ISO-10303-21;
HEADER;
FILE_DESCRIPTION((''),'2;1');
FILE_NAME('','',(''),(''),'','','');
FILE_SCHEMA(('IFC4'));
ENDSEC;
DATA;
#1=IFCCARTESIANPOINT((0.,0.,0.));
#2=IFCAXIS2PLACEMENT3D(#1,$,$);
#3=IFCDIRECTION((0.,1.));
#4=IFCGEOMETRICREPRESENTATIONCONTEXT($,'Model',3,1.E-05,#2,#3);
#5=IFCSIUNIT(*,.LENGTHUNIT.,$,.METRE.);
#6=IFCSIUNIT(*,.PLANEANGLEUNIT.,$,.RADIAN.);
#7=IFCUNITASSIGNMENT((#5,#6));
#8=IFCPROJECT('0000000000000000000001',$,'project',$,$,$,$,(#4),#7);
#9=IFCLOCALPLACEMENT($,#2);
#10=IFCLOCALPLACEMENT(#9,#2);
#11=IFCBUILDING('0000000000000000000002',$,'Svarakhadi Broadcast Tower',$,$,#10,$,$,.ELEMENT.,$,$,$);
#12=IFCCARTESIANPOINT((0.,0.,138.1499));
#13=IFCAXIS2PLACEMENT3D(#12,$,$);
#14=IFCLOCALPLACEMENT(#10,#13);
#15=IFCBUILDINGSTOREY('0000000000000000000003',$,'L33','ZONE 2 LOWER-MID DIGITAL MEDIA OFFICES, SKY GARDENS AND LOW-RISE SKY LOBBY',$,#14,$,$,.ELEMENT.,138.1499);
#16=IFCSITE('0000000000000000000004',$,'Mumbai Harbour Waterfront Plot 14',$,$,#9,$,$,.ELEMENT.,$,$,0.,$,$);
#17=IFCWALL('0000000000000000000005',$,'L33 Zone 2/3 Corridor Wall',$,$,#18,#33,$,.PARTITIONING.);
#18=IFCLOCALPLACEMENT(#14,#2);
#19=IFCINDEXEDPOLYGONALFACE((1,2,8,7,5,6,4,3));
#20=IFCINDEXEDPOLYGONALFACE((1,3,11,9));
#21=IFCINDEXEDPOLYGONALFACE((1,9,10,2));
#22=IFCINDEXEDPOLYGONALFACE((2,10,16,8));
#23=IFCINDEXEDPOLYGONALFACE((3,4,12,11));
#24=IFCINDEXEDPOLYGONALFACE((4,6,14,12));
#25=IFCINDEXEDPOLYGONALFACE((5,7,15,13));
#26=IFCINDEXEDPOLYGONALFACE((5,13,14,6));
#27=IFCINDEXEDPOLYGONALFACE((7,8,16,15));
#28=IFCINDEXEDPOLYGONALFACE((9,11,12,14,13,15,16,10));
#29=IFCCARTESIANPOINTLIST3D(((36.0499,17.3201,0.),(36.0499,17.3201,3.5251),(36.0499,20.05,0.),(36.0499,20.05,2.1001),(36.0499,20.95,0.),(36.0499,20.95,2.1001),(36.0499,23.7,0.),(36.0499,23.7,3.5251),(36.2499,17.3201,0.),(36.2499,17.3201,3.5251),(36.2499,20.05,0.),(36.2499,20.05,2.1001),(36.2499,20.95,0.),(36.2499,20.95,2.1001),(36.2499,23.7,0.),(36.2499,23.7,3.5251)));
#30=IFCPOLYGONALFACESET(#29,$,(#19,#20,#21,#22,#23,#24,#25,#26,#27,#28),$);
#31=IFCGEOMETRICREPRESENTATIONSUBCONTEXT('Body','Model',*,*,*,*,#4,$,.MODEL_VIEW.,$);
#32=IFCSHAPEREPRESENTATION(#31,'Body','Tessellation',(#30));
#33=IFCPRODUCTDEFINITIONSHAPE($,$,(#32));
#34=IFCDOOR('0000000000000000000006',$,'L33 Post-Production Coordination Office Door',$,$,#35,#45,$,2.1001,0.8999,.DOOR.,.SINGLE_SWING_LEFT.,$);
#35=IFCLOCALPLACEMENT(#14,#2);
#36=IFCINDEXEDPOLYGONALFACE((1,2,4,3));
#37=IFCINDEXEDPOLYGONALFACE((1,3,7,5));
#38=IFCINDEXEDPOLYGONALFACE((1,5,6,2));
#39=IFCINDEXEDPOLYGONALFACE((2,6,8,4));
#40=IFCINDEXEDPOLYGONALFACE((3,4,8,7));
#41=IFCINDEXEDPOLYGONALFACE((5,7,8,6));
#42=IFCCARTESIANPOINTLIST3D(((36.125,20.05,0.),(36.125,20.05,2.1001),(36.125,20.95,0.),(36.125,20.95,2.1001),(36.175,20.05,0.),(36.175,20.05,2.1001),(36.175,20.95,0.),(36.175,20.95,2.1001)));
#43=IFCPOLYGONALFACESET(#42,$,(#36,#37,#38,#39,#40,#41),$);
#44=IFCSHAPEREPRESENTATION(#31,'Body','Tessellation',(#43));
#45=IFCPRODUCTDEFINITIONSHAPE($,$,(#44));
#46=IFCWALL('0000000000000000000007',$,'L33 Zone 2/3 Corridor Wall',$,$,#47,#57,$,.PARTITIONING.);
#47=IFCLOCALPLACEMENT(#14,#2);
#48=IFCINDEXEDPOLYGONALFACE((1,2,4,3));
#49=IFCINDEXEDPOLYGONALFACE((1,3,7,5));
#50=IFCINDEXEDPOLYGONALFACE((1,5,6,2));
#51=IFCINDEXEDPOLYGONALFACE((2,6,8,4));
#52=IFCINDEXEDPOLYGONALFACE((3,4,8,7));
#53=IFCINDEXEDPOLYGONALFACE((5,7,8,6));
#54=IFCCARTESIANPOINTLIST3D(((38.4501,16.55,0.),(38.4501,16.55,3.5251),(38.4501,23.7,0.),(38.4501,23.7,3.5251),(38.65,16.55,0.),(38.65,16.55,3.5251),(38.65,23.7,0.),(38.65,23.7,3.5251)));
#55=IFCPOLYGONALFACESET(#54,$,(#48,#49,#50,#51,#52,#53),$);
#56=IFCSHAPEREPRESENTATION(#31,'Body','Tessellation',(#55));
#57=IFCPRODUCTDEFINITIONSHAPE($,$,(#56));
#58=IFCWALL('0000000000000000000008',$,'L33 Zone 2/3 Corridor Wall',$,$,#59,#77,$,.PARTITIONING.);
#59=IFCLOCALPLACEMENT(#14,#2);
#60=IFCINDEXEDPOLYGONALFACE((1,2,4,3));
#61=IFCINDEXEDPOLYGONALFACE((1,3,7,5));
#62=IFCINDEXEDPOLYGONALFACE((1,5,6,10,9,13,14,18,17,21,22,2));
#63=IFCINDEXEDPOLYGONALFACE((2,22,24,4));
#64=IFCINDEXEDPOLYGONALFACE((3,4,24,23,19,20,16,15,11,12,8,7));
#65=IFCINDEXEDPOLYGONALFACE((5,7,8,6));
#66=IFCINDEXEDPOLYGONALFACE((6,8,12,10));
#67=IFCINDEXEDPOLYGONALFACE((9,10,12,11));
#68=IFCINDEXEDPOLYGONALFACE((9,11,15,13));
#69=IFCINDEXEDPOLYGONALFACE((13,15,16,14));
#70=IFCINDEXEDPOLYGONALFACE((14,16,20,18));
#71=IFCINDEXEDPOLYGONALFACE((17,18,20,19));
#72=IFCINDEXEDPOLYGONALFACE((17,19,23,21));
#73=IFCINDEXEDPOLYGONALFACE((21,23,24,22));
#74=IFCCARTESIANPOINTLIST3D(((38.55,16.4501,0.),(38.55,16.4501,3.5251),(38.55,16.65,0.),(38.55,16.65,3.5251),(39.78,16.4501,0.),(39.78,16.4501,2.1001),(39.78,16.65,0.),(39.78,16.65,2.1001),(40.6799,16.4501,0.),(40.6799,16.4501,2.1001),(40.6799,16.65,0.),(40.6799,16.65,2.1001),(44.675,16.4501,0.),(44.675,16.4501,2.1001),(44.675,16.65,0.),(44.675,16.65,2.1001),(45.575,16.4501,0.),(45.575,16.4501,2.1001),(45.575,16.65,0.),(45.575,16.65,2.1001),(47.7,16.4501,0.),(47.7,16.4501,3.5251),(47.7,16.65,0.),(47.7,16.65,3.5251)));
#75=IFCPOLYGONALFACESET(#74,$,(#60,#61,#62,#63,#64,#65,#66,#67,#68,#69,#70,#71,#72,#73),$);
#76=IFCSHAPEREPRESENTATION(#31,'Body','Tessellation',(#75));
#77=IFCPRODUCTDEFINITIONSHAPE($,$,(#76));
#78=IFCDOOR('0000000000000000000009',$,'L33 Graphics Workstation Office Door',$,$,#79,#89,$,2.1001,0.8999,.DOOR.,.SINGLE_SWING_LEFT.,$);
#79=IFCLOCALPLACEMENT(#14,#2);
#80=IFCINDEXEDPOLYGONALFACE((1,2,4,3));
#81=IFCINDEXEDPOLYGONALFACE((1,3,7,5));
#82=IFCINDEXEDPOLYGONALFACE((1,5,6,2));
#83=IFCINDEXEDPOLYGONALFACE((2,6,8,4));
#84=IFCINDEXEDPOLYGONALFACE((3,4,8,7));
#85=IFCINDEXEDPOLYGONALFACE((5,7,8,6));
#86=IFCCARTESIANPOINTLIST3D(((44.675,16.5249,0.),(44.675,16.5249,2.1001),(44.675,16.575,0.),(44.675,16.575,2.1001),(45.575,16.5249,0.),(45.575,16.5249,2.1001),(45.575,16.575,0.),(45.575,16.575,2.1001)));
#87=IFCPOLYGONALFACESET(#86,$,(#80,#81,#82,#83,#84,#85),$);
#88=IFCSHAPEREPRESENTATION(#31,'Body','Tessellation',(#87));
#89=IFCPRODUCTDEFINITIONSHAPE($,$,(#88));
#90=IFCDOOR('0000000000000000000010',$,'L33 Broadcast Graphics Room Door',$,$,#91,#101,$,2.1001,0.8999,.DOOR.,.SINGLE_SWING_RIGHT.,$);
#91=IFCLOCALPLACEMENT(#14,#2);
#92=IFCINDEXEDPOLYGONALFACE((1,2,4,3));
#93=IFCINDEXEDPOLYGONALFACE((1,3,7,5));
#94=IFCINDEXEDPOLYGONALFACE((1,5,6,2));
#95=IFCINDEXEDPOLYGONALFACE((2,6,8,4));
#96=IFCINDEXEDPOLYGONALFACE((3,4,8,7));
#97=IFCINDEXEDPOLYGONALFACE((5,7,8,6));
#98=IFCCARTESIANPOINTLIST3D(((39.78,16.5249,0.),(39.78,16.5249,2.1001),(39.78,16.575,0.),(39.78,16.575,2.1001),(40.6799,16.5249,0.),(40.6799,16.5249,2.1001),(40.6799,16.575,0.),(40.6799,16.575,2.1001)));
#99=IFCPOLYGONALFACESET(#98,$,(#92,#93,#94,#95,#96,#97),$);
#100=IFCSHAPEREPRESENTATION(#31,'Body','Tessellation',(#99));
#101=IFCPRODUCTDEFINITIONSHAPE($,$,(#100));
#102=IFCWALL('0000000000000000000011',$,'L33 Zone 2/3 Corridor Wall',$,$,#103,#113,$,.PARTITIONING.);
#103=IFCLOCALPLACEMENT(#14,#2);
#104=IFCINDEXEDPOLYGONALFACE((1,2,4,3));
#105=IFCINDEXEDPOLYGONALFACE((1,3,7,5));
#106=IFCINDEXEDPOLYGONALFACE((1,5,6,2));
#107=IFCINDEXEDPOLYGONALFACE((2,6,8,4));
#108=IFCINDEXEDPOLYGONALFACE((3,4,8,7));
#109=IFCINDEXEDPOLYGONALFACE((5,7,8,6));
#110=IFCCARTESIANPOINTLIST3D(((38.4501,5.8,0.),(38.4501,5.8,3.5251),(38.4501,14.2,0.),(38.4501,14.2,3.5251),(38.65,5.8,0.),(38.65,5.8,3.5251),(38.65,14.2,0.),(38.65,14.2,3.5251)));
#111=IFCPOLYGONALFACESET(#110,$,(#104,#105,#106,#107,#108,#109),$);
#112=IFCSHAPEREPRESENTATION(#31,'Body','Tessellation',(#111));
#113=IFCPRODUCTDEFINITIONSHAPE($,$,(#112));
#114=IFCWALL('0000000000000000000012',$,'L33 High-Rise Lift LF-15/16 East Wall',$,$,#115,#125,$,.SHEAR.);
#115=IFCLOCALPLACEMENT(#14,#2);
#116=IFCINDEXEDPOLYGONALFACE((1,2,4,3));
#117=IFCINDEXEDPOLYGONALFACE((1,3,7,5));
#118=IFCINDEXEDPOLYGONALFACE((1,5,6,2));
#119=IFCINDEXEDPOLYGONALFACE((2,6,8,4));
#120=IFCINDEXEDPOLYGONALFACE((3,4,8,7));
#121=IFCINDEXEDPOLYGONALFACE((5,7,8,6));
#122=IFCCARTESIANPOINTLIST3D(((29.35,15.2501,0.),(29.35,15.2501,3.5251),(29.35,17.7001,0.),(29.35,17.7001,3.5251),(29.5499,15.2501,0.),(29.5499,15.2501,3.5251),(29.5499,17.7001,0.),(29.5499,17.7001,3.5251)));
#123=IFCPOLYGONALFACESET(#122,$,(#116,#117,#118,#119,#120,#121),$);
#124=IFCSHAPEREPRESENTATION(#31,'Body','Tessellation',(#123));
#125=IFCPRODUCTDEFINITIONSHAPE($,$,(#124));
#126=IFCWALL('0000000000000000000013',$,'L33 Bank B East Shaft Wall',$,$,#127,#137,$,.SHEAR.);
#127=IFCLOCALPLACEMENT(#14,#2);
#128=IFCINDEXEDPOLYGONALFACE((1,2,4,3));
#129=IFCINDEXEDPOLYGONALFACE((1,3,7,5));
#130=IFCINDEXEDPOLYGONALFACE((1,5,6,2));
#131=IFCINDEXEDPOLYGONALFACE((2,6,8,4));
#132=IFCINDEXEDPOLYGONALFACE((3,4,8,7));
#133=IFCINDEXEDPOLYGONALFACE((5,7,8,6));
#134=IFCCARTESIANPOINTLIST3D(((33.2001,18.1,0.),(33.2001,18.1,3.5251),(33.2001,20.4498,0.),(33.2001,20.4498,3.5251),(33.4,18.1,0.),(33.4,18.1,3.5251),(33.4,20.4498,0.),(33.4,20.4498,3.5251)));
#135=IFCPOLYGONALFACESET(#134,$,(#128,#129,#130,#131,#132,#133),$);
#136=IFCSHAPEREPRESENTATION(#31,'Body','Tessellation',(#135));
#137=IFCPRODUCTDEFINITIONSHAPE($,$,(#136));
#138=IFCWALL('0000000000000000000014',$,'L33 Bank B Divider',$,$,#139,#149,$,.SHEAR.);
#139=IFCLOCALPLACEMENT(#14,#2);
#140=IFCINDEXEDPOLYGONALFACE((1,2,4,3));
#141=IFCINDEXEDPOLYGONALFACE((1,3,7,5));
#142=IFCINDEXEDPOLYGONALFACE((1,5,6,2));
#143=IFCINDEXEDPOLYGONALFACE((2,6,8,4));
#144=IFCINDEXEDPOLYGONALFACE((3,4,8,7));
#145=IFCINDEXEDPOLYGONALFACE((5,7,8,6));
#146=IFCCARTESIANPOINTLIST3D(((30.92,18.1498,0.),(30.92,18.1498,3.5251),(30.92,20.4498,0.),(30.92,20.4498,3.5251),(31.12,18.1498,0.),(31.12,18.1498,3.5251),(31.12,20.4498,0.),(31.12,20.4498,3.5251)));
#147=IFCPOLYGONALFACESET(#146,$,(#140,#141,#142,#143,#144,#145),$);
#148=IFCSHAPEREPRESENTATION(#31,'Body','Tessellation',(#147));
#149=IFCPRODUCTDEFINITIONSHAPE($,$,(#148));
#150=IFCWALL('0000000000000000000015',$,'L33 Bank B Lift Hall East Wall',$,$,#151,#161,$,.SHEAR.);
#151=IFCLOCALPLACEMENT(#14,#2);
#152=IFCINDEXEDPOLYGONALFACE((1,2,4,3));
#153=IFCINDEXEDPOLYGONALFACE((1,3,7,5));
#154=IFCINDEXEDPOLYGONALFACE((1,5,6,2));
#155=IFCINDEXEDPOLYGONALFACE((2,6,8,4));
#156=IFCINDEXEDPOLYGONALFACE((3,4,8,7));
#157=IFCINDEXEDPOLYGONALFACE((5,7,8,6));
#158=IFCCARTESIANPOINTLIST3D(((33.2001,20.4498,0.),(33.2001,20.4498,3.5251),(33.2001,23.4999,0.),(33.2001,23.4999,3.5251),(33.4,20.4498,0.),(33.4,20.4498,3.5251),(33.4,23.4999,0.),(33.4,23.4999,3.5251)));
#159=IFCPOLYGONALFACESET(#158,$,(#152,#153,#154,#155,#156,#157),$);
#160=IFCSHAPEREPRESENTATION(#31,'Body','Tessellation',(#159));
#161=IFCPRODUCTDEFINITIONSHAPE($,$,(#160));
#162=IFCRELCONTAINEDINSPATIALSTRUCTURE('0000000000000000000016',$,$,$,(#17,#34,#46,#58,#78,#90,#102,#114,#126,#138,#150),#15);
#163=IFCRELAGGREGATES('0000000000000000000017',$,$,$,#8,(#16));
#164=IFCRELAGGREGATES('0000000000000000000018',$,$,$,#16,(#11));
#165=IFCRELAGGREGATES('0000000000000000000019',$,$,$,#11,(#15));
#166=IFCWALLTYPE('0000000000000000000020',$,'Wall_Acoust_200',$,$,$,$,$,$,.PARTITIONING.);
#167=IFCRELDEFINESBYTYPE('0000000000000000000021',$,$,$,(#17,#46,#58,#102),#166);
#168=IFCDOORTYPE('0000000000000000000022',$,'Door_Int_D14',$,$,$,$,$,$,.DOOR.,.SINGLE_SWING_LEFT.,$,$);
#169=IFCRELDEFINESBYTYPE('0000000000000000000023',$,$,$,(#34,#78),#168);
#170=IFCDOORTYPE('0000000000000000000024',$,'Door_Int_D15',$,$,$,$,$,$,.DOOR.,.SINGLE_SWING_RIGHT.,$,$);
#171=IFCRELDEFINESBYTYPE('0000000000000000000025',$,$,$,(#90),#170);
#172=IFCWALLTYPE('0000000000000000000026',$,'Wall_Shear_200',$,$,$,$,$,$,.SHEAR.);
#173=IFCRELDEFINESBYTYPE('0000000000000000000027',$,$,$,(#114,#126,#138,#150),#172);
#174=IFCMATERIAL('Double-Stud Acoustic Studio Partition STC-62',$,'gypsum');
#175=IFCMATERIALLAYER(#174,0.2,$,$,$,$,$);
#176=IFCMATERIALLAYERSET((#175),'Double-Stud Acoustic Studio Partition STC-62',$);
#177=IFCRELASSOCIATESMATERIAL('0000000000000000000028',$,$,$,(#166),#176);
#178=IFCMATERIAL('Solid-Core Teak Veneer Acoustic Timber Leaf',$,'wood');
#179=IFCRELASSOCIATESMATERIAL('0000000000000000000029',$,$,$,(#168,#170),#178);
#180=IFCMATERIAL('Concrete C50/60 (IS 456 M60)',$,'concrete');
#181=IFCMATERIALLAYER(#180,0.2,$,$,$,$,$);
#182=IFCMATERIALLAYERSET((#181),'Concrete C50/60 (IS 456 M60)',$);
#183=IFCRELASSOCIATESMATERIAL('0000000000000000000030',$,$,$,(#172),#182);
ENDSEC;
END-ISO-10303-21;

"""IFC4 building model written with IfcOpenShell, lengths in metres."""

from ifc_helpers import new_model, si_unit, direction, frame, frame_2d, origin, place, context, subcontext, project, spatial, rectangle, extrude, material, layer, layer_set, type_object, element, fill, save


model = new_model("IFC4")

# Units and contexts
model_context = context("Model", 3, precision=1e-05, world=origin(), true_north=direction((0.0, 1.0)))
body_context = subcontext(model_context, "Body", "Model", "MODEL_VIEW")
ifc_project = project(units=[si_unit("LENGTHUNIT", "METRE"), si_unit("PLANEANGLEUNIT", "RADIAN")], contexts=[model_context])

# Site, building, storey
site_placement = place(None, origin())
site = spatial("IfcSite", under=ifc_project, at=site_placement, Name="Mumbai Harbour Waterfront Plot 14", CompositionType="ELEMENT", RefElevation=0.0)
building_placement = place(site_placement, origin())
building = spatial("IfcBuilding", under=site, at=building_placement, Name="Svarakhadi Broadcast Tower", CompositionType="ELEMENT")
storey_placement = place(building_placement, frame((0.0, 0.0, 138.1499)))
storey = spatial("IfcBuildingStorey", under=building, at=storey_placement, Name="L33", Description="ZONE 2 LOWER-MID DIGITAL MEDIA OFFICES, SKY GARDENS AND LOW-RISE SKY LOBBY", CompositionType="ELEMENT", Elevation=138.1499)

# Shared definitions
ifc_material_1 = material(Name="Concrete C50/60 (IS 456 M60)", Category="concrete")

# Shared definitions
ifc_material_2 = material(Name="Double-Stud Acoustic Studio Partition STC-62", Category="gypsum")
ifc_layer_1 = layer(ifc_material_2, 0.2)
ifc_layer_set_1 = layer_set([ifc_layer_1], Name="Double-Stud Acoustic Studio Partition STC-62")
wall_type_1 = type_object("IfcWallType", Name="Wall_Acoust_200", PredefinedType="PARTITIONING", material=ifc_layer_set_1)

# Wall, opening, door
wall_1_placement = place(storey_placement, frame((36.1499, 17.3201, 0.0), z_axis=(0.0, 0.0, 1.0), x_axis=(0.0, 1.0, 0.0)))
wall_1 = element("IfcWall", 1, at=wall_1_placement, inside=storey, type_object=wall_type_1, Name="L33 Zone 2/3 Corridor Wall", PredefinedType="PARTITIONING", context=body_context, shape_type="SweptSolid", body=[
    extrude(rectangle(XDim=6.3799, YDim=0.2, at=frame_2d((3.1899, 0.0))), origin(), (0.0, 0.0, 1.0), 3.5251),
])
opening_1_placement = place(wall_1_placement, frame((2.73, 0.0, 0.0)))
opening_1 = element("IfcOpeningElement", 2, at=opening_1_placement, cuts=wall_1, PredefinedType="OPENING", context=body_context, shape_type="SweptSolid", body=[
    extrude(rectangle(XDim=0.8999, YDim=2.1001, at=frame_2d((0.45, 1.05))), frame((0.0, 0.1099, 0.0), z_axis=(0.0, -1.0, 0.0), x_axis=(1.0, 0.0, 0.0)), (0.0, 0.0, 1.0), 0.22),
])
ifc_material_3 = material(Name="Solid-Core Teak Veneer Acoustic Timber Leaf", Category="wood")
door_type_1 = type_object("IfcDoorType", Name="Door_Int_D14", OperationType="SINGLE_SWING_LEFT", PredefinedType="DOOR", material=ifc_material_3)
door_1_placement = place(opening_1_placement, origin())
door_1 = element("IfcDoor", 3, at=door_1_placement, inside=storey, type_object=door_type_1, Name="L33 Post-Production Coordination Office Door", OperationType="SINGLE_SWING_LEFT", OverallHeight=2.1001, OverallWidth=0.8999, PredefinedType="DOOR", context=body_context, shape_type="SweptSolid", body=[
    extrude(rectangle(XDim=0.8999, YDim=2.1001, at=frame_2d((0.45, 1.05))), frame((0.0, 0.0249, 0.0), z_axis=(0.0, -1.0, 0.0), x_axis=(1.0, 0.0, 0.0)), (0.0, 0.0, 1.0), 0.05),
])
fill(opening_1, door_1)

# Wall
wall_2_placement = place(storey_placement, frame((38.55, 23.7, 0.0), z_axis=(0.0, 0.0, 1.0), x_axis=(0.0, -1.0, 0.0)))
element("IfcWall", 4, at=wall_2_placement, inside=storey, type_object=wall_type_1, Name="L33 Zone 2/3 Corridor Wall", PredefinedType="PARTITIONING", context=body_context, shape_type="SweptSolid", body=[
    extrude(rectangle(XDim=7.1499, YDim=0.2, at=frame_2d((3.575, 0.0))), origin(), (0.0, 0.0, 1.0), 3.5251),
])

# Wall, openings, doors
wall_3_placement = place(storey_placement, frame((38.55, 16.55, 0.0), z_axis=(0.0, 0.0, 1.0), x_axis=(1.0, 0.0, 0.0)))
wall_3 = element("IfcWall", 5, at=wall_3_placement, inside=storey, type_object=wall_type_1, Name="L33 Zone 2/3 Corridor Wall", PredefinedType="PARTITIONING", context=body_context, shape_type="SweptSolid", body=[
    extrude(rectangle(XDim=9.1499, YDim=0.2, at=frame_2d((4.575, 0.0))), origin(), (0.0, 0.0, 1.0), 3.5251),
])
opening_2_placement = place(wall_3_placement, frame((1.23, 0.0, 0.0)))
opening_2 = element("IfcOpeningElement", 6, at=opening_2_placement, cuts=wall_3, PredefinedType="OPENING", context=body_context, shape_type="SweptSolid", body=[
    extrude(rectangle(XDim=0.8999, YDim=2.1001, at=frame_2d((0.45, 1.05))), frame((0.0, 0.1099, 0.0), z_axis=(0.0, -1.0, 0.0), x_axis=(1.0, 0.0, 0.0)), (0.0, 0.0, 1.0), 0.22),
])
opening_3_placement = place(wall_3_placement, frame((6.125, 0.0, 0.0)))
opening_3 = element("IfcOpeningElement", 7, at=opening_3_placement, cuts=wall_3, PredefinedType="OPENING", context=body_context, shape_type="SweptSolid", body=[
    extrude(rectangle(XDim=0.8999, YDim=2.1001, at=frame_2d((0.45, 1.05))), frame((0.0, 0.1099, 0.0), z_axis=(0.0, -1.0, 0.0), x_axis=(1.0, 0.0, 0.0)), (0.0, 0.0, 1.0), 0.22),
])
door_2_placement = place(opening_3_placement, origin())
door_2 = element("IfcDoor", 8, at=door_2_placement, inside=storey, type_object=door_type_1, Name="L33 Graphics Workstation Office Door", OperationType="SINGLE_SWING_LEFT", OverallHeight=2.1001, OverallWidth=0.8999, PredefinedType="DOOR", context=body_context, shape_type="SweptSolid", body=[
    extrude(rectangle(XDim=0.8999, YDim=2.1001, at=frame_2d((0.45, 1.05))), frame((0.0, 0.0249, 0.0), z_axis=(0.0, -1.0, 0.0), x_axis=(1.0, 0.0, 0.0)), (0.0, 0.0, 1.0), 0.05),
])
fill(opening_3, door_2)
door_type_2 = type_object("IfcDoorType", Name="Door_Int_D15", OperationType="SINGLE_SWING_RIGHT", PredefinedType="DOOR", material=ifc_material_3)
door_3_placement = place(opening_2_placement, origin())
door_3 = element("IfcDoor", 9, at=door_3_placement, inside=storey, type_object=door_type_2, Name="L33 Broadcast Graphics Room Door", OperationType="SINGLE_SWING_RIGHT", OverallHeight=2.1001, OverallWidth=0.8999, PredefinedType="DOOR", context=body_context, shape_type="SweptSolid", body=[
    extrude(rectangle(XDim=0.8999, YDim=2.1001, at=frame_2d((0.45, 1.05))), frame((0.0, 0.0249, 0.0), z_axis=(0.0, -1.0, 0.0), x_axis=(1.0, 0.0, 0.0)), (0.0, 0.0, 1.0), 0.05),
])
fill(opening_2, door_3)

# Wall
wall_4_placement = place(storey_placement, frame((38.55, 14.2, 0.0), z_axis=(0.0, 0.0, 1.0), x_axis=(0.0, -1.0, 0.0)))
element("IfcWall", 10, at=wall_4_placement, inside=storey, type_object=wall_type_1, Name="L33 Zone 2/3 Corridor Wall", PredefinedType="PARTITIONING", context=body_context, shape_type="SweptSolid", body=[
    extrude(rectangle(XDim=8.3999, YDim=0.2, at=frame_2d((4.2, 0.0))), origin(), (0.0, 0.0, 1.0), 3.5251),
])

# Walls
ifc_layer_2 = layer(ifc_material_1, 0.2)
ifc_layer_set_2 = layer_set([ifc_layer_2], Name="Concrete C50/60 (IS 456 M60)")
wall_type_2 = type_object("IfcWallType", Name="Wall_Shear_200", PredefinedType="SHEAR", material=ifc_layer_set_2)
wall_5_placement = place(storey_placement, frame((29.45, 15.25, 0.0), z_axis=(0.0, 0.0, 1.0), x_axis=(0.0, 1.0, 0.0)))
element("IfcWall", 11, at=wall_5_placement, inside=storey, type_object=wall_type_2, Name="L33 High-Rise Lift LF-15/16 East Wall", PredefinedType="SHEAR", context=body_context, shape_type="SweptSolid", body=[
    extrude(rectangle(XDim=2.45, YDim=0.2, at=frame_2d((1.2251, 0.0))), origin(), (0.0, 0.0, 1.0), 3.5251),
])
wall_6_placement = place(storey_placement, frame((33.3, 18.1001, 0.0), z_axis=(0.0, 0.0, 1.0), x_axis=(0.0, 1.0, 0.0)))
element("IfcWall", 12, at=wall_6_placement, inside=storey, type_object=wall_type_2, Name="L33 Bank B East Shaft Wall", PredefinedType="SHEAR", context=body_context, shape_type="SweptSolid", body=[
    extrude(rectangle(XDim=2.3499, YDim=0.2, at=frame_2d((1.1748, 0.0))), origin(), (0.0, 0.0, 1.0), 3.5251),
])
wall_7_placement = place(storey_placement, frame((31.02, 18.1499, 0.0), z_axis=(0.0, 0.0, 1.0), x_axis=(0.0, 1.0, 0.0)))
element("IfcWall", 13, at=wall_7_placement, inside=storey, type_object=wall_type_2, Name="L33 Bank B Divider", PredefinedType="SHEAR", context=body_context, shape_type="SweptSolid", body=[
    extrude(rectangle(XDim=2.3, YDim=0.2, at=frame_2d((1.1499, 0.0))), origin(), (0.0, 0.0, 1.0), 3.5251),
])
wall_8_placement = place(storey_placement, frame((33.3, 20.45, 0.0), z_axis=(0.0, 0.0, 1.0), x_axis=(0.0, 1.0, 0.0)))
element("IfcWall", 14, at=wall_8_placement, inside=storey, type_object=wall_type_2, Name="L33 Bank B Lift Hall East Wall", PredefinedType="SHEAR", context=body_context, shape_type="SweptSolid", body=[
    extrude(rectangle(XDim=3.05, YDim=0.2, at=frame_2d((1.5249, 0.0))), origin(), (0.0, 0.0, 1.0), 3.5251),
])

save(model, "model.ifc")
